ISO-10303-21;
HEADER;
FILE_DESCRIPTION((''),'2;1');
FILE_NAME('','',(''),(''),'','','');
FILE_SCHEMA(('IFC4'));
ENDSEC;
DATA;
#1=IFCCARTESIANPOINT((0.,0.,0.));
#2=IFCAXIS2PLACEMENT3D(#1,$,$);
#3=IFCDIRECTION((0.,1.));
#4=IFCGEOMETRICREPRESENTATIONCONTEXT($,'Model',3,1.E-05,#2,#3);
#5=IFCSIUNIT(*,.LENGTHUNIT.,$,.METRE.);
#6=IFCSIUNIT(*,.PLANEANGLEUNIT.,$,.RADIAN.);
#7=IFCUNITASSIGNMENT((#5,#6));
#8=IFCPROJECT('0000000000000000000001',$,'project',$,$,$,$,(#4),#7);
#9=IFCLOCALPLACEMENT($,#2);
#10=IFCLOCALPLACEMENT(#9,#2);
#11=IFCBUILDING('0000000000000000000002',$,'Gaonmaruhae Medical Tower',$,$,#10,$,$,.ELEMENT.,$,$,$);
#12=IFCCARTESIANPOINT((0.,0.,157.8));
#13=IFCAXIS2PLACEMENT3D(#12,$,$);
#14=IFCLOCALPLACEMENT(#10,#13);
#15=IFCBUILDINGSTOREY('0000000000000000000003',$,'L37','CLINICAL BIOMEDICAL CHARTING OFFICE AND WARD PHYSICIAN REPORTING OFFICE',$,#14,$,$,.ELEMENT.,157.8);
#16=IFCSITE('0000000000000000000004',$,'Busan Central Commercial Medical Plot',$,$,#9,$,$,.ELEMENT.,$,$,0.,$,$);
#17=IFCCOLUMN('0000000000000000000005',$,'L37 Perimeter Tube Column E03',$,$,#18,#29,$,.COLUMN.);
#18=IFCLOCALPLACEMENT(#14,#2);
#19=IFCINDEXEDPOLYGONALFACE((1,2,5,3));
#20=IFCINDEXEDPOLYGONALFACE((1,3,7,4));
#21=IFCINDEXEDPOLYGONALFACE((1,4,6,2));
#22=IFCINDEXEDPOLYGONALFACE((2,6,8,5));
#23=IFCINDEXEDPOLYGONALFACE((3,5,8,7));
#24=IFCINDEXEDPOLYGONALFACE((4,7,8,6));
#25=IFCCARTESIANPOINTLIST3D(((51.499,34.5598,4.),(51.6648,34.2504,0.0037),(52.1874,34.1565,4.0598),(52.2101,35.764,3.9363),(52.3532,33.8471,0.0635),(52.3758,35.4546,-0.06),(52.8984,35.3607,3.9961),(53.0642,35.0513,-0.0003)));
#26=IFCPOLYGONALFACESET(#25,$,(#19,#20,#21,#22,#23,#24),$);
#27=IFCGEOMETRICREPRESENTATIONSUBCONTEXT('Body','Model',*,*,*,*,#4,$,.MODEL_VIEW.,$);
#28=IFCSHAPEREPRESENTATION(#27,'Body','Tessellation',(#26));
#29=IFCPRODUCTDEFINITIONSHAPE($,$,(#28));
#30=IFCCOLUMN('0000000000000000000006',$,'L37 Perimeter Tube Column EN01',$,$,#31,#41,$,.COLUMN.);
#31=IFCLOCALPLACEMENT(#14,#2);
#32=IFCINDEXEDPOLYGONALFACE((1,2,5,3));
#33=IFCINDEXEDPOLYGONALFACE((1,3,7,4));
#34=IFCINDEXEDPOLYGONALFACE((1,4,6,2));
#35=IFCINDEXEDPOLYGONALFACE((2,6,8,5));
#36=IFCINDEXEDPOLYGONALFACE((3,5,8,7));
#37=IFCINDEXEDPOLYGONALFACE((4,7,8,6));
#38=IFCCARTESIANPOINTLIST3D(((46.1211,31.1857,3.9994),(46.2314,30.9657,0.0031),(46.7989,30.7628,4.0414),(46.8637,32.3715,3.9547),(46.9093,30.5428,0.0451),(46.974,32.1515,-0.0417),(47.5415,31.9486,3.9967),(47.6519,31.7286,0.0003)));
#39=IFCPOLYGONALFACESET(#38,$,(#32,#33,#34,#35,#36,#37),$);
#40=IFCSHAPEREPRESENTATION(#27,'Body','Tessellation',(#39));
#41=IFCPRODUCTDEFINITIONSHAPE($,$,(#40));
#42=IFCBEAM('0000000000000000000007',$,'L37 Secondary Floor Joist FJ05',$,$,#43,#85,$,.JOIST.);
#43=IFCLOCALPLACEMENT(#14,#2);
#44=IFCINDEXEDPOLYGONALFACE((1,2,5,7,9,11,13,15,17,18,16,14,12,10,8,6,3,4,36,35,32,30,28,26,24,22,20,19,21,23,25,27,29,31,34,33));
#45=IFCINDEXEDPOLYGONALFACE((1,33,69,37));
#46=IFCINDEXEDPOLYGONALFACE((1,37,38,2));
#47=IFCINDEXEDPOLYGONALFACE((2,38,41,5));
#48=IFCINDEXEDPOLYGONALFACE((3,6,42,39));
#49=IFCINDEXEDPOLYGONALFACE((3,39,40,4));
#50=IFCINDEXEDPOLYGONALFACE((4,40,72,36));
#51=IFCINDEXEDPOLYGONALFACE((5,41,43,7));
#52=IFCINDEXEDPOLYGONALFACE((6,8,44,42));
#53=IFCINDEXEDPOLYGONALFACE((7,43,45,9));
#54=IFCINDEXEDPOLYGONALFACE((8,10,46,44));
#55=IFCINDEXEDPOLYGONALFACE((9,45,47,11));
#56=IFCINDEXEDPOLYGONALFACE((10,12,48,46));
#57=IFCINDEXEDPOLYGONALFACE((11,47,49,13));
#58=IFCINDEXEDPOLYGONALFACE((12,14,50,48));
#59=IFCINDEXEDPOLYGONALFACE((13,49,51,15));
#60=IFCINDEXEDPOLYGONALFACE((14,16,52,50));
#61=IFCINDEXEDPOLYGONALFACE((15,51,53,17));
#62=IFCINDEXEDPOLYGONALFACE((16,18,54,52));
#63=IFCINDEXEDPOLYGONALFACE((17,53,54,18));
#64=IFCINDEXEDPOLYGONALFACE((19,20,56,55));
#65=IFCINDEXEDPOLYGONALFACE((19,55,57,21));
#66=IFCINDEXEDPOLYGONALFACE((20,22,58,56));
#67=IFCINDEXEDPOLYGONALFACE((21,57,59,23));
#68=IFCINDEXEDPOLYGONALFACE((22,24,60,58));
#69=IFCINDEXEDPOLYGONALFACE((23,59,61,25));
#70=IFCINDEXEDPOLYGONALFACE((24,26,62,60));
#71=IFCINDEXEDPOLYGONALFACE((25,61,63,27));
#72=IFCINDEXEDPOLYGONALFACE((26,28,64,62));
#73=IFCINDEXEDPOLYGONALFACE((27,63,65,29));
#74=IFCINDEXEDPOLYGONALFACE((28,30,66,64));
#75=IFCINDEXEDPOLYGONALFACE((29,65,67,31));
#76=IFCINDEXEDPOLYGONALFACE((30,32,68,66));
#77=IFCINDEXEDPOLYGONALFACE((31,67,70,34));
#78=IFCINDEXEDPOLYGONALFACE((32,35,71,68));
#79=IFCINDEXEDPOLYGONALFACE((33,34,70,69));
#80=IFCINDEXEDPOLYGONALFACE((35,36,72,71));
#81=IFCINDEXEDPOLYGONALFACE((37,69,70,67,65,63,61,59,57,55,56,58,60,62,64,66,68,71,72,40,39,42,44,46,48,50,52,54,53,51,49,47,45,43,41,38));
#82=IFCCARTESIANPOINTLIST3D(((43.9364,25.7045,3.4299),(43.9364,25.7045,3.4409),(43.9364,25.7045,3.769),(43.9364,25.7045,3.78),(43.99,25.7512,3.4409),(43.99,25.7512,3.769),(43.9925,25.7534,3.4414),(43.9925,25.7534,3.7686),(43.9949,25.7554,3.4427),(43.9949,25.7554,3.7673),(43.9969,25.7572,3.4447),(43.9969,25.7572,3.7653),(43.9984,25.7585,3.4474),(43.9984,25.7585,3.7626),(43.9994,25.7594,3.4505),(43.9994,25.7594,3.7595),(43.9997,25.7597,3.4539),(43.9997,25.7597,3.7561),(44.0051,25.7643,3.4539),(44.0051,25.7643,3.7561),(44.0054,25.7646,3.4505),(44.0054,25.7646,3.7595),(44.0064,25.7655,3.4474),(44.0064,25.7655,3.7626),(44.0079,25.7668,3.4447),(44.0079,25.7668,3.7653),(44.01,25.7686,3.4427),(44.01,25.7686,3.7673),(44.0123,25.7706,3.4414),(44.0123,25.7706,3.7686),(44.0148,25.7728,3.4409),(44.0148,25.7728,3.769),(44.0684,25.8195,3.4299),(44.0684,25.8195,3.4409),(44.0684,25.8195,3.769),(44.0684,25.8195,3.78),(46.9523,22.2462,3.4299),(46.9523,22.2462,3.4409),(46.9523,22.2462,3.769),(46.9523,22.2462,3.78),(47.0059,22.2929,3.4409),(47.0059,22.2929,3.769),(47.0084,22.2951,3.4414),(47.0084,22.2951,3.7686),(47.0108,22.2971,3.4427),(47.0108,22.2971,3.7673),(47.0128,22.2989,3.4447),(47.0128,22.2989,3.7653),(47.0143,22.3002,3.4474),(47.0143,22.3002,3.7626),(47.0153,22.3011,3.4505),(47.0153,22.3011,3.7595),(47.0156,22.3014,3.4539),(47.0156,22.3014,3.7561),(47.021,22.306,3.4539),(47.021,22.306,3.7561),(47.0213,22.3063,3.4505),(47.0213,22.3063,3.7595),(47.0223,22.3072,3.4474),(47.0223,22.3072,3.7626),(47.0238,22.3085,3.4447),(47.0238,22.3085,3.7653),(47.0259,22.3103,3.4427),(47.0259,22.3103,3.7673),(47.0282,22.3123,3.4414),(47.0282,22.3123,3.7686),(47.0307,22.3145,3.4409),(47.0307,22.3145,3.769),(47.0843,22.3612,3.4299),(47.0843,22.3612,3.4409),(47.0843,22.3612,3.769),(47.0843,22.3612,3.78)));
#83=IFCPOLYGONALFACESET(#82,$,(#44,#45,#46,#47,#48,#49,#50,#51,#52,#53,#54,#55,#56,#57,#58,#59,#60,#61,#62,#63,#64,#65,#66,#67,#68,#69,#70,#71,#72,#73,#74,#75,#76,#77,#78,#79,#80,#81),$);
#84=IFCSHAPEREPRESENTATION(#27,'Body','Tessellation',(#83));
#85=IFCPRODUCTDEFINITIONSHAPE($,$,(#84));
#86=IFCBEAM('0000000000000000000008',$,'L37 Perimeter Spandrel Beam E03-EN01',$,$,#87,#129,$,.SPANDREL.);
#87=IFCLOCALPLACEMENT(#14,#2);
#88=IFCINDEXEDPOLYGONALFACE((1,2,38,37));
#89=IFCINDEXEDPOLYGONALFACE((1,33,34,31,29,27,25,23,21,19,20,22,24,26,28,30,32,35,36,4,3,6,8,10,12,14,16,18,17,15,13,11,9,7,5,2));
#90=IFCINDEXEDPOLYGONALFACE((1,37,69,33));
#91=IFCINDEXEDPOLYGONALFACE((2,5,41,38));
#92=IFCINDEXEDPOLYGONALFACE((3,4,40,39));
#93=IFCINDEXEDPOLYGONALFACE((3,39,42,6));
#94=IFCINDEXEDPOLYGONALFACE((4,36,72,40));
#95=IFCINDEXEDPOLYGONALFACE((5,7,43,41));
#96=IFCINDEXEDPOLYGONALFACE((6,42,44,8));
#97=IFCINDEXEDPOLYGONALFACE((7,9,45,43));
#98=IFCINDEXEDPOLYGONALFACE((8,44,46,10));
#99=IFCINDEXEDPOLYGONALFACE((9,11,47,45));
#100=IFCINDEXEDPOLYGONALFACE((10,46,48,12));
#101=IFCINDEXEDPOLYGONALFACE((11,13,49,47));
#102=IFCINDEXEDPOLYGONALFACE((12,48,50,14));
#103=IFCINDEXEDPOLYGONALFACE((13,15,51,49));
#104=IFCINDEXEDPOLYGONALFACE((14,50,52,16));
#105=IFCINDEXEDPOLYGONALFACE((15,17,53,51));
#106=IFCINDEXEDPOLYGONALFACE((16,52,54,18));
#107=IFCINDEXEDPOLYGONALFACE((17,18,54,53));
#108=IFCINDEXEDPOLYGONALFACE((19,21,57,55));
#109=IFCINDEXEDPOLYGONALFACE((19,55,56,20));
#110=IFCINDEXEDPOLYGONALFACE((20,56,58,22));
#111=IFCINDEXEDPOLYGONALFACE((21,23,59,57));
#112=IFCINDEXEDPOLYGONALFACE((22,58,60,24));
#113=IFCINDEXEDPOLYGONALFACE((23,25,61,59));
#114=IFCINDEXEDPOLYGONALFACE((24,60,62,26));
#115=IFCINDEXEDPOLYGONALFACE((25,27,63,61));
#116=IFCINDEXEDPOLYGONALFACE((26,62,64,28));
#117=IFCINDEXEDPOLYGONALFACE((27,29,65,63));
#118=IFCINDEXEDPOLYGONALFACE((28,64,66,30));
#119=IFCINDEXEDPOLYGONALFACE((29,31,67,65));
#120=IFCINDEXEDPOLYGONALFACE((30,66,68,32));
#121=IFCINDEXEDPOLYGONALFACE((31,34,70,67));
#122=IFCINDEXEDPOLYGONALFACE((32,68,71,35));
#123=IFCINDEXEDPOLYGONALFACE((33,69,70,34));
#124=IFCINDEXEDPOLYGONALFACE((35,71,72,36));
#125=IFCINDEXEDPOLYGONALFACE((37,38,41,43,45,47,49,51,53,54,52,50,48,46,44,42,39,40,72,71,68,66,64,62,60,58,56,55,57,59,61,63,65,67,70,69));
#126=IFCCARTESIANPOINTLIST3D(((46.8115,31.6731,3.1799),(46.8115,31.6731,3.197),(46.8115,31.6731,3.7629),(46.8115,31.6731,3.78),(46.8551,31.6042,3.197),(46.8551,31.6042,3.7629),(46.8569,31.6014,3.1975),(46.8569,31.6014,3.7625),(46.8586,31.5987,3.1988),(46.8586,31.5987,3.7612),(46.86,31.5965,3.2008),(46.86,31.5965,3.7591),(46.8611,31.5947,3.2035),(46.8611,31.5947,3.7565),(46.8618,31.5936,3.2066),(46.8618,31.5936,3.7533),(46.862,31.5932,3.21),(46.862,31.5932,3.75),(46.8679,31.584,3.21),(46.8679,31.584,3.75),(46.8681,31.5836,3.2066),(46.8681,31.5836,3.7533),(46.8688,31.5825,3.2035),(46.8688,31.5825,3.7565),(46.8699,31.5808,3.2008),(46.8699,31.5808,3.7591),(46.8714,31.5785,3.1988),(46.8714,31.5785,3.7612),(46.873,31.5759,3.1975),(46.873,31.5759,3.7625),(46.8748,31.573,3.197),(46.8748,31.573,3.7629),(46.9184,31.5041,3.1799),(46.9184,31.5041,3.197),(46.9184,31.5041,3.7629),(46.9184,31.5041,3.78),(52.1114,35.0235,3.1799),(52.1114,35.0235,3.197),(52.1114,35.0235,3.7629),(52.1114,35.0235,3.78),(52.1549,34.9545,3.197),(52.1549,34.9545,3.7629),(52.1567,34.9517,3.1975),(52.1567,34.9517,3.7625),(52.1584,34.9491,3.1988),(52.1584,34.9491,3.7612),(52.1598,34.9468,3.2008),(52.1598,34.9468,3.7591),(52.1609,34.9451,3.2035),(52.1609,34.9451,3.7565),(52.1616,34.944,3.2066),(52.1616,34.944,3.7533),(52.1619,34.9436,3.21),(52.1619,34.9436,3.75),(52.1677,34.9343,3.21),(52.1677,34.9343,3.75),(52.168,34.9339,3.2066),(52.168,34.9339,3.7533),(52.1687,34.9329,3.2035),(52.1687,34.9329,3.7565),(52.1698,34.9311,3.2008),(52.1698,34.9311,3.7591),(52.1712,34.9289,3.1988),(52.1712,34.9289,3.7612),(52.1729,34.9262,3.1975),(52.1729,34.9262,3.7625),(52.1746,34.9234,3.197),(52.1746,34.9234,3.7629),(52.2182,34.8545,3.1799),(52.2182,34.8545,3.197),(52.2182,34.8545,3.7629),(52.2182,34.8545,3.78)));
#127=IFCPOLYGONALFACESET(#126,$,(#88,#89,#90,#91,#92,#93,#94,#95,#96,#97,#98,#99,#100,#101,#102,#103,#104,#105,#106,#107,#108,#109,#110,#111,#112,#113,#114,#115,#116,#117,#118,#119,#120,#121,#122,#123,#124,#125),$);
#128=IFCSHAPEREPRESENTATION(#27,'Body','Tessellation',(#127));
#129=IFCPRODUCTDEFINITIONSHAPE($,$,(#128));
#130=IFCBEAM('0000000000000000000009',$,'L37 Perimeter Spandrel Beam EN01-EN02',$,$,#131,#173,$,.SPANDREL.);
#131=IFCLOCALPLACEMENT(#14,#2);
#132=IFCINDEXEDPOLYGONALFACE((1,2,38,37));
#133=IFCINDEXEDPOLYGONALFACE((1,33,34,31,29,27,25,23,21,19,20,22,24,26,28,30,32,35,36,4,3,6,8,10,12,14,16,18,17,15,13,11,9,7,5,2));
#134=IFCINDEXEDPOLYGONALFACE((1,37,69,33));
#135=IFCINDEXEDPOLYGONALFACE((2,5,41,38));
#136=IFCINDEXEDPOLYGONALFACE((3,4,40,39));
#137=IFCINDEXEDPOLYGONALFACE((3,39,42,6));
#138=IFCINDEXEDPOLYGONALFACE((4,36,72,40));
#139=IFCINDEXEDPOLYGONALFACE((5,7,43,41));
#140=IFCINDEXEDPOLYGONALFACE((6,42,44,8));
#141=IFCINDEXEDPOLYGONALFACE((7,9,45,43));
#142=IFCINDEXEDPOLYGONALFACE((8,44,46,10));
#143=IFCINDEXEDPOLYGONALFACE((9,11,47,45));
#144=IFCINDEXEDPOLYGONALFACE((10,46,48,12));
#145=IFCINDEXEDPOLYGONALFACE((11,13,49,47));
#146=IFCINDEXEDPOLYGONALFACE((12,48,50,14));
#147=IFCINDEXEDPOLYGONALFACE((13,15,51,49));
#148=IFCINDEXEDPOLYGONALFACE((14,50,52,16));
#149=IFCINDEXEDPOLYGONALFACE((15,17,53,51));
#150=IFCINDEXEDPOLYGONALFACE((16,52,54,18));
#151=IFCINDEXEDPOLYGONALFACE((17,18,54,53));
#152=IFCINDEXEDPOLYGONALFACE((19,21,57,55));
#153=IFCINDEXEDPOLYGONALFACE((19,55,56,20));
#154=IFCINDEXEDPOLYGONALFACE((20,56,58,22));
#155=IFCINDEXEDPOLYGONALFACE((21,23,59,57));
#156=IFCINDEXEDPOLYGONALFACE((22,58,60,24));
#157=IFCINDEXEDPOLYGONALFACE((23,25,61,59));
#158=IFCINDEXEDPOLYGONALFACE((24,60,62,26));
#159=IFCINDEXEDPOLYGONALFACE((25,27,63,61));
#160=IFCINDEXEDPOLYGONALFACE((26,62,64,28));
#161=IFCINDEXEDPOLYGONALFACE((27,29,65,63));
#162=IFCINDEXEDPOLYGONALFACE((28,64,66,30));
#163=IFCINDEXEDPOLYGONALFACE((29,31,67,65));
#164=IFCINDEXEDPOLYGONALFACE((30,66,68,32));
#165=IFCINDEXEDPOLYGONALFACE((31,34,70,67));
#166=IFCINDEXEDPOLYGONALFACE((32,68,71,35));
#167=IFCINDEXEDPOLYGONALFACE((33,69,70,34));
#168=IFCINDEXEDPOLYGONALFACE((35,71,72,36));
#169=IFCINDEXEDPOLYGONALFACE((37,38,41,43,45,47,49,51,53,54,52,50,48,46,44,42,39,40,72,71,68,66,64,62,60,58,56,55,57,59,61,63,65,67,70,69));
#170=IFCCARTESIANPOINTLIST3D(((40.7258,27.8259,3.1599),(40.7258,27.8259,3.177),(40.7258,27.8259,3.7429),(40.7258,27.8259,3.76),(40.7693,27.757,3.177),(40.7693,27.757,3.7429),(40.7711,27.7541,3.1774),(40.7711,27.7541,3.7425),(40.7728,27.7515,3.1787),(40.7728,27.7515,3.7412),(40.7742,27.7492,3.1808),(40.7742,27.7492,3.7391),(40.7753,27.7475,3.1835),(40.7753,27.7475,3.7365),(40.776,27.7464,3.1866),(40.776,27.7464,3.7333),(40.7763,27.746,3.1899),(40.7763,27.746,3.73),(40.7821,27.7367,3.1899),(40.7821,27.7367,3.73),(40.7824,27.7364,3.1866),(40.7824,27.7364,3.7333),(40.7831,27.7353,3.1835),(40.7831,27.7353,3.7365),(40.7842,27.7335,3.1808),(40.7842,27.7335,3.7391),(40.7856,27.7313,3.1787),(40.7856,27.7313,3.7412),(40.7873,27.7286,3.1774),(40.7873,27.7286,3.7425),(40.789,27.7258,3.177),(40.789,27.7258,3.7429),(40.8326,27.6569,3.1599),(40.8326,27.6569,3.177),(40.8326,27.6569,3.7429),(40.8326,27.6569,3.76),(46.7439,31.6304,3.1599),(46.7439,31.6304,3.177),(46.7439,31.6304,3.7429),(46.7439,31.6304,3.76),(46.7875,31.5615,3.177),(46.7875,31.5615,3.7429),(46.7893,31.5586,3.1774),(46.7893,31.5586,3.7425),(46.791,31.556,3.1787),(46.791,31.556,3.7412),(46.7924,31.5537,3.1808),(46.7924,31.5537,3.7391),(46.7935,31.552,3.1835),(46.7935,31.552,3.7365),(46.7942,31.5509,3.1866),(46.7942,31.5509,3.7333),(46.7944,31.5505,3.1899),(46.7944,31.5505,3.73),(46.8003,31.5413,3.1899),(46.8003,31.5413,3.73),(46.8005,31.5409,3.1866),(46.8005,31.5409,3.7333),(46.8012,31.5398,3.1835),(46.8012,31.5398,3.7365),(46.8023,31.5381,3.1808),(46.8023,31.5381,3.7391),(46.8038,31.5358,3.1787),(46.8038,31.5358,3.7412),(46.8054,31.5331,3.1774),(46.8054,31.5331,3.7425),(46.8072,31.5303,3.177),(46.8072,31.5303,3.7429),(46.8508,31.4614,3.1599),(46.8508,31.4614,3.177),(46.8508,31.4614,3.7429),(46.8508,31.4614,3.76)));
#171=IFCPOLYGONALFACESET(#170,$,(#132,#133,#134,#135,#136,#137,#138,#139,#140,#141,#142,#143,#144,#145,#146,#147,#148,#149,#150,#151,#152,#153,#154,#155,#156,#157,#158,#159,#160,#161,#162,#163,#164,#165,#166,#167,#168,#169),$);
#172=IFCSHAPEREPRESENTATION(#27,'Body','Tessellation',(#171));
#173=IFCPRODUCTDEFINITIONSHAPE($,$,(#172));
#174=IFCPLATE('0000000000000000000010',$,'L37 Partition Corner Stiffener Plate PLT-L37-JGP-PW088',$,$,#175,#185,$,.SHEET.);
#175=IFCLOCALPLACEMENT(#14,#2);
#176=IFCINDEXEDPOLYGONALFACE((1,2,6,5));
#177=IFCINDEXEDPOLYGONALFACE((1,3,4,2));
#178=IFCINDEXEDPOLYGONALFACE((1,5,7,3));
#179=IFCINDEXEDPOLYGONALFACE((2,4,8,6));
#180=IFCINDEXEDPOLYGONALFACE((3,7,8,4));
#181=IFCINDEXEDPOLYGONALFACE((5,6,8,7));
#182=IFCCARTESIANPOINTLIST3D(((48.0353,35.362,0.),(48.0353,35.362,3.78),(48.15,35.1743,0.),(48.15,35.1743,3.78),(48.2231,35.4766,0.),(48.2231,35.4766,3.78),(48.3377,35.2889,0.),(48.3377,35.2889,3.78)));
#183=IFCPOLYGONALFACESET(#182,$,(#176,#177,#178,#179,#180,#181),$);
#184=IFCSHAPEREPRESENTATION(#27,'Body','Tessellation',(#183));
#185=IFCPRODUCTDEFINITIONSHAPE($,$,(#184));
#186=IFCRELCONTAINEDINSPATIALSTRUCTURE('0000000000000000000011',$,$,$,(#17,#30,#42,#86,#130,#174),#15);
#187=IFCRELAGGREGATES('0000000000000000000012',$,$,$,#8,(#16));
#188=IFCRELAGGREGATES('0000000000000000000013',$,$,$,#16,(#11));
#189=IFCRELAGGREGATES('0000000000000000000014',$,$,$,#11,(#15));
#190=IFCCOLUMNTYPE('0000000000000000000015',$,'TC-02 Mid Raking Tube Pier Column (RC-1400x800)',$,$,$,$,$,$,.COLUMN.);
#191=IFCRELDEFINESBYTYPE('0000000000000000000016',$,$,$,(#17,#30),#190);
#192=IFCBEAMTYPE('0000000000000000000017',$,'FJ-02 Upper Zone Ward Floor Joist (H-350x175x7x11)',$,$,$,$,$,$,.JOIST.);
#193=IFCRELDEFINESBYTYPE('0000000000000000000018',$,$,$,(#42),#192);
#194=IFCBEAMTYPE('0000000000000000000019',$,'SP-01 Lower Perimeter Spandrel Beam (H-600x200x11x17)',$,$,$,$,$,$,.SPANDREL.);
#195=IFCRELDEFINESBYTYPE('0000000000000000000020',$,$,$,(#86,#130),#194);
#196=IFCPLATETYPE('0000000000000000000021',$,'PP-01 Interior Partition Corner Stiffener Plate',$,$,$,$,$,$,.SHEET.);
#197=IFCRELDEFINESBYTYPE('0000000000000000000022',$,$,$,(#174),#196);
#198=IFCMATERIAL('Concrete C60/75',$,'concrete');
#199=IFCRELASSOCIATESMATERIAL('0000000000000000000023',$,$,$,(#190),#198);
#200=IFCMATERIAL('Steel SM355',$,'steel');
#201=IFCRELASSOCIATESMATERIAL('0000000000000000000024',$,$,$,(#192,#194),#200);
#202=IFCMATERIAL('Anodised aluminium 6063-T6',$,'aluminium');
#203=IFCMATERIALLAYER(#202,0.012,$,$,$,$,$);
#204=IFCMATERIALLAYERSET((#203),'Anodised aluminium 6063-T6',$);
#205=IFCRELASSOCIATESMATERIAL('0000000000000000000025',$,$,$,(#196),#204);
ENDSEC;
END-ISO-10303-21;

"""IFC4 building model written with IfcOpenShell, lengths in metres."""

from ifc_helpers import new_model, si_unit, direction, frame, origin, origin_2d, place, context, subcontext, project, spatial, rectangle, i_section, extrude, material, layer, layer_set, material_profile, profile_set, type_object, element, save


model = new_model("IFC4")

# Units and contexts
model_context = context("Model", 3, precision=1e-05, world=origin(), true_north=direction((0.0, 1.0)))
body_context = subcontext(model_context, "Body", "Model", "MODEL_VIEW")
ifc_project = project(units=[si_unit("LENGTHUNIT", "METRE"), si_unit("PLANEANGLEUNIT", "RADIAN")], contexts=[model_context])

# Site, building, storey
site_placement = place(None, origin())
site = spatial("IfcSite", under=ifc_project, at=site_placement, Name="Busan Central Commercial Medical Plot", CompositionType="ELEMENT", RefElevation=0.0)
building_placement = place(site_placement, origin())
building = spatial("IfcBuilding", under=site, at=building_placement, Name="Gaonmaruhae Medical Tower", CompositionType="ELEMENT")
storey_placement = place(building_placement, frame((0.0, 0.0, 157.8)))
storey = spatial("IfcBuildingStorey", under=building, at=storey_placement, Name="L37", Description="CLINICAL BIOMEDICAL CHARTING OFFICE AND WARD PHYSICIAN REPORTING OFFICE", CompositionType="ELEMENT", Elevation=157.8)

# Columns
ifc_material_1 = material(Name="Concrete C60/75", Category="concrete")
ifc_material_profile_1 = material_profile(ifc_material_1, rectangle(XDim=1.3999, YDim=0.8, at=origin_2d()), Name="RC-1400x800")
ifc_profile_set_1 = profile_set([ifc_material_profile_1], Name="Concrete C60/75")
column_type = type_object("IfcColumnType", Name="TC-02 Mid Raking Tube Pier Column (RC-1400x800)", PredefinedType="COLUMN", material=ifc_profile_set_1)
column_1_placement = place(storey_placement, frame((52.3645, 34.6509, 0.0017), z_axis=(-0.041322, 0.077106, 0.996166), x_axis=(-0.507918, -0.860202, 0.045513)))
element("IfcColumn", 1, at=column_1_placement, inside=storey, type_object=column_type, Name="L37 Perimeter Tube Column E03", PredefinedType="COLUMN", context=body_context, shape_type="SweptSolid", body=[
    extrude(rectangle(XDim=1.3999, YDim=0.8, at=origin_2d()), origin(), (0.0, 0.0, 1.0), 4.0117),
])
column_2_placement = place(storey_placement, frame((46.9417, 31.3472, 0.0017), z_axis=(-0.027561, 0.054939, 0.998109), x_axis=(-0.530489, -0.847088, 0.031978)))
element("IfcColumn", 2, at=column_2_placement, inside=storey, type_object=column_type, Name="L37 Perimeter Tube Column EN01", PredefinedType="COLUMN", context=body_context, shape_type="SweptSolid", body=[
    extrude(rectangle(XDim=1.3999, YDim=0.8, at=origin_2d()), origin(), (0.0, 0.0, 1.0), 4.0039),
])

# Beams
ifc_material_2 = material(Name="Steel SM355", Category="steel")
ifc_material_profile_2 = material_profile(ifc_material_2, i_section(OverallWidth=0.175, OverallDepth=0.3501, WebThickness=0.0071, FlangeThickness=0.011, FilletRadius=0.0129, at=origin_2d()), Name="H-350x175x7x11")
ifc_profile_set_2 = profile_set([ifc_material_profile_2], Name="Steel SM355")
beam_type_1 = type_object("IfcBeamType", Name="FJ-02 Upper Zone Ward Floor Joist (H-350x175x7x11)", PredefinedType="JOIST", material=ifc_profile_set_2)
beam_1_placement = place(storey_placement, frame((47.0183, 22.3037, 3.605), z_axis=(-0.657257, 0.753667, 0.0), x_axis=(-0.753667, -0.657257, 0.0)))
element("IfcBeam", 3, at=beam_1_placement, inside=storey, type_object=beam_type_1, Name="L37 Secondary Floor Joist FJ05", PredefinedType="JOIST", context=body_context, shape_type="SweptSolid", body=[
    extrude(i_section(OverallWidth=0.175, OverallDepth=0.3501, WebThickness=0.0071, FlangeThickness=0.011, FilletRadius=0.0129, at=origin_2d()), origin(), (0.0, 0.0, 1.0), 4.5886),
])
ifc_material_profile_3 = material_profile(ifc_material_2, i_section(OverallWidth=0.2, OverallDepth=0.6001, WebThickness=0.011, FlangeThickness=0.0171, FilletRadius=0.0129, at=origin_2d()), Name="H-600x200x11x17")
ifc_profile_set_3 = profile_set([ifc_material_profile_3], Name="Steel SM355")
beam_type_2 = type_object("IfcBeamType", Name="SP-01 Lower Perimeter Spandrel Beam (H-600x200x11x17)", PredefinedType="SPANDREL", material=ifc_profile_set_3)
beam_2_placement = place(storey_placement, frame((52.1648, 34.939, 3.48), z_axis=(-0.845266, -0.534346, 0.0), x_axis=(0.534346, -0.845266, 0.0)))
element("IfcBeam", 4, at=beam_2_placement, inside=storey, type_object=beam_type_2, Name="L37 Perimeter Spandrel Beam E03-EN01", PredefinedType="SPANDREL", context=body_context, shape_type="SweptSolid", body=[
    extrude(i_section(OverallWidth=0.2, OverallDepth=0.6001, WebThickness=0.011, FlangeThickness=0.0171, FilletRadius=0.0129, at=origin_2d()), origin(), (0.0, 0.0, 1.0), 6.27),
])
beam_3_placement = place(storey_placement, frame((46.7974, 31.5459, 3.46), z_axis=(-0.845263, -0.53435, 0.0), x_axis=(0.53435, -0.845263, 0.0)))
element("IfcBeam", 5, at=beam_3_placement, inside=storey, type_object=beam_type_2, Name="L37 Perimeter Spandrel Beam EN01-EN02", PredefinedType="SPANDREL", context=body_context, shape_type="SweptSolid", body=[
    extrude(i_section(OverallWidth=0.2, OverallDepth=0.6001, WebThickness=0.011, FlangeThickness=0.0171, FilletRadius=0.0129, at=origin_2d()), origin(), (0.0, 0.0, 1.0), 7.1199),
])

# Plate
ifc_material_3 = material(Name="Anodised aluminium 6063-T6", Category="aluminium")
ifc_layer_1 = layer(ifc_material_3, 0.012)
ifc_layer_set_1 = layer_set([ifc_layer_1], Name="Anodised aluminium 6063-T6")
plate_type = type_object("IfcPlateType", Name="PP-01 Interior Partition Corner Stiffener Plate", PredefinedType="SHEET", material=ifc_layer_set_1)
plate_placement = place(storey_placement, frame((48.1865, 35.3254, 0.0), z_axis=(0.0, 0.0, 1.0), x_axis=(0.853451, 0.521173, 0.0)))
element("IfcPlate", 6, at=plate_placement, inside=storey, type_object=plate_type, Name="L37 Partition Corner Stiffener Plate PLT-L37-JGP-PW088", PredefinedType="SHEET", context=body_context, shape_type="SweptSolid", body=[
    extrude(rectangle(XDim=0.22, YDim=0.22, at=origin_2d()), origin(), (0.0, 0.0, 1.0), 3.78),
])

save(model, "model.ifc")
